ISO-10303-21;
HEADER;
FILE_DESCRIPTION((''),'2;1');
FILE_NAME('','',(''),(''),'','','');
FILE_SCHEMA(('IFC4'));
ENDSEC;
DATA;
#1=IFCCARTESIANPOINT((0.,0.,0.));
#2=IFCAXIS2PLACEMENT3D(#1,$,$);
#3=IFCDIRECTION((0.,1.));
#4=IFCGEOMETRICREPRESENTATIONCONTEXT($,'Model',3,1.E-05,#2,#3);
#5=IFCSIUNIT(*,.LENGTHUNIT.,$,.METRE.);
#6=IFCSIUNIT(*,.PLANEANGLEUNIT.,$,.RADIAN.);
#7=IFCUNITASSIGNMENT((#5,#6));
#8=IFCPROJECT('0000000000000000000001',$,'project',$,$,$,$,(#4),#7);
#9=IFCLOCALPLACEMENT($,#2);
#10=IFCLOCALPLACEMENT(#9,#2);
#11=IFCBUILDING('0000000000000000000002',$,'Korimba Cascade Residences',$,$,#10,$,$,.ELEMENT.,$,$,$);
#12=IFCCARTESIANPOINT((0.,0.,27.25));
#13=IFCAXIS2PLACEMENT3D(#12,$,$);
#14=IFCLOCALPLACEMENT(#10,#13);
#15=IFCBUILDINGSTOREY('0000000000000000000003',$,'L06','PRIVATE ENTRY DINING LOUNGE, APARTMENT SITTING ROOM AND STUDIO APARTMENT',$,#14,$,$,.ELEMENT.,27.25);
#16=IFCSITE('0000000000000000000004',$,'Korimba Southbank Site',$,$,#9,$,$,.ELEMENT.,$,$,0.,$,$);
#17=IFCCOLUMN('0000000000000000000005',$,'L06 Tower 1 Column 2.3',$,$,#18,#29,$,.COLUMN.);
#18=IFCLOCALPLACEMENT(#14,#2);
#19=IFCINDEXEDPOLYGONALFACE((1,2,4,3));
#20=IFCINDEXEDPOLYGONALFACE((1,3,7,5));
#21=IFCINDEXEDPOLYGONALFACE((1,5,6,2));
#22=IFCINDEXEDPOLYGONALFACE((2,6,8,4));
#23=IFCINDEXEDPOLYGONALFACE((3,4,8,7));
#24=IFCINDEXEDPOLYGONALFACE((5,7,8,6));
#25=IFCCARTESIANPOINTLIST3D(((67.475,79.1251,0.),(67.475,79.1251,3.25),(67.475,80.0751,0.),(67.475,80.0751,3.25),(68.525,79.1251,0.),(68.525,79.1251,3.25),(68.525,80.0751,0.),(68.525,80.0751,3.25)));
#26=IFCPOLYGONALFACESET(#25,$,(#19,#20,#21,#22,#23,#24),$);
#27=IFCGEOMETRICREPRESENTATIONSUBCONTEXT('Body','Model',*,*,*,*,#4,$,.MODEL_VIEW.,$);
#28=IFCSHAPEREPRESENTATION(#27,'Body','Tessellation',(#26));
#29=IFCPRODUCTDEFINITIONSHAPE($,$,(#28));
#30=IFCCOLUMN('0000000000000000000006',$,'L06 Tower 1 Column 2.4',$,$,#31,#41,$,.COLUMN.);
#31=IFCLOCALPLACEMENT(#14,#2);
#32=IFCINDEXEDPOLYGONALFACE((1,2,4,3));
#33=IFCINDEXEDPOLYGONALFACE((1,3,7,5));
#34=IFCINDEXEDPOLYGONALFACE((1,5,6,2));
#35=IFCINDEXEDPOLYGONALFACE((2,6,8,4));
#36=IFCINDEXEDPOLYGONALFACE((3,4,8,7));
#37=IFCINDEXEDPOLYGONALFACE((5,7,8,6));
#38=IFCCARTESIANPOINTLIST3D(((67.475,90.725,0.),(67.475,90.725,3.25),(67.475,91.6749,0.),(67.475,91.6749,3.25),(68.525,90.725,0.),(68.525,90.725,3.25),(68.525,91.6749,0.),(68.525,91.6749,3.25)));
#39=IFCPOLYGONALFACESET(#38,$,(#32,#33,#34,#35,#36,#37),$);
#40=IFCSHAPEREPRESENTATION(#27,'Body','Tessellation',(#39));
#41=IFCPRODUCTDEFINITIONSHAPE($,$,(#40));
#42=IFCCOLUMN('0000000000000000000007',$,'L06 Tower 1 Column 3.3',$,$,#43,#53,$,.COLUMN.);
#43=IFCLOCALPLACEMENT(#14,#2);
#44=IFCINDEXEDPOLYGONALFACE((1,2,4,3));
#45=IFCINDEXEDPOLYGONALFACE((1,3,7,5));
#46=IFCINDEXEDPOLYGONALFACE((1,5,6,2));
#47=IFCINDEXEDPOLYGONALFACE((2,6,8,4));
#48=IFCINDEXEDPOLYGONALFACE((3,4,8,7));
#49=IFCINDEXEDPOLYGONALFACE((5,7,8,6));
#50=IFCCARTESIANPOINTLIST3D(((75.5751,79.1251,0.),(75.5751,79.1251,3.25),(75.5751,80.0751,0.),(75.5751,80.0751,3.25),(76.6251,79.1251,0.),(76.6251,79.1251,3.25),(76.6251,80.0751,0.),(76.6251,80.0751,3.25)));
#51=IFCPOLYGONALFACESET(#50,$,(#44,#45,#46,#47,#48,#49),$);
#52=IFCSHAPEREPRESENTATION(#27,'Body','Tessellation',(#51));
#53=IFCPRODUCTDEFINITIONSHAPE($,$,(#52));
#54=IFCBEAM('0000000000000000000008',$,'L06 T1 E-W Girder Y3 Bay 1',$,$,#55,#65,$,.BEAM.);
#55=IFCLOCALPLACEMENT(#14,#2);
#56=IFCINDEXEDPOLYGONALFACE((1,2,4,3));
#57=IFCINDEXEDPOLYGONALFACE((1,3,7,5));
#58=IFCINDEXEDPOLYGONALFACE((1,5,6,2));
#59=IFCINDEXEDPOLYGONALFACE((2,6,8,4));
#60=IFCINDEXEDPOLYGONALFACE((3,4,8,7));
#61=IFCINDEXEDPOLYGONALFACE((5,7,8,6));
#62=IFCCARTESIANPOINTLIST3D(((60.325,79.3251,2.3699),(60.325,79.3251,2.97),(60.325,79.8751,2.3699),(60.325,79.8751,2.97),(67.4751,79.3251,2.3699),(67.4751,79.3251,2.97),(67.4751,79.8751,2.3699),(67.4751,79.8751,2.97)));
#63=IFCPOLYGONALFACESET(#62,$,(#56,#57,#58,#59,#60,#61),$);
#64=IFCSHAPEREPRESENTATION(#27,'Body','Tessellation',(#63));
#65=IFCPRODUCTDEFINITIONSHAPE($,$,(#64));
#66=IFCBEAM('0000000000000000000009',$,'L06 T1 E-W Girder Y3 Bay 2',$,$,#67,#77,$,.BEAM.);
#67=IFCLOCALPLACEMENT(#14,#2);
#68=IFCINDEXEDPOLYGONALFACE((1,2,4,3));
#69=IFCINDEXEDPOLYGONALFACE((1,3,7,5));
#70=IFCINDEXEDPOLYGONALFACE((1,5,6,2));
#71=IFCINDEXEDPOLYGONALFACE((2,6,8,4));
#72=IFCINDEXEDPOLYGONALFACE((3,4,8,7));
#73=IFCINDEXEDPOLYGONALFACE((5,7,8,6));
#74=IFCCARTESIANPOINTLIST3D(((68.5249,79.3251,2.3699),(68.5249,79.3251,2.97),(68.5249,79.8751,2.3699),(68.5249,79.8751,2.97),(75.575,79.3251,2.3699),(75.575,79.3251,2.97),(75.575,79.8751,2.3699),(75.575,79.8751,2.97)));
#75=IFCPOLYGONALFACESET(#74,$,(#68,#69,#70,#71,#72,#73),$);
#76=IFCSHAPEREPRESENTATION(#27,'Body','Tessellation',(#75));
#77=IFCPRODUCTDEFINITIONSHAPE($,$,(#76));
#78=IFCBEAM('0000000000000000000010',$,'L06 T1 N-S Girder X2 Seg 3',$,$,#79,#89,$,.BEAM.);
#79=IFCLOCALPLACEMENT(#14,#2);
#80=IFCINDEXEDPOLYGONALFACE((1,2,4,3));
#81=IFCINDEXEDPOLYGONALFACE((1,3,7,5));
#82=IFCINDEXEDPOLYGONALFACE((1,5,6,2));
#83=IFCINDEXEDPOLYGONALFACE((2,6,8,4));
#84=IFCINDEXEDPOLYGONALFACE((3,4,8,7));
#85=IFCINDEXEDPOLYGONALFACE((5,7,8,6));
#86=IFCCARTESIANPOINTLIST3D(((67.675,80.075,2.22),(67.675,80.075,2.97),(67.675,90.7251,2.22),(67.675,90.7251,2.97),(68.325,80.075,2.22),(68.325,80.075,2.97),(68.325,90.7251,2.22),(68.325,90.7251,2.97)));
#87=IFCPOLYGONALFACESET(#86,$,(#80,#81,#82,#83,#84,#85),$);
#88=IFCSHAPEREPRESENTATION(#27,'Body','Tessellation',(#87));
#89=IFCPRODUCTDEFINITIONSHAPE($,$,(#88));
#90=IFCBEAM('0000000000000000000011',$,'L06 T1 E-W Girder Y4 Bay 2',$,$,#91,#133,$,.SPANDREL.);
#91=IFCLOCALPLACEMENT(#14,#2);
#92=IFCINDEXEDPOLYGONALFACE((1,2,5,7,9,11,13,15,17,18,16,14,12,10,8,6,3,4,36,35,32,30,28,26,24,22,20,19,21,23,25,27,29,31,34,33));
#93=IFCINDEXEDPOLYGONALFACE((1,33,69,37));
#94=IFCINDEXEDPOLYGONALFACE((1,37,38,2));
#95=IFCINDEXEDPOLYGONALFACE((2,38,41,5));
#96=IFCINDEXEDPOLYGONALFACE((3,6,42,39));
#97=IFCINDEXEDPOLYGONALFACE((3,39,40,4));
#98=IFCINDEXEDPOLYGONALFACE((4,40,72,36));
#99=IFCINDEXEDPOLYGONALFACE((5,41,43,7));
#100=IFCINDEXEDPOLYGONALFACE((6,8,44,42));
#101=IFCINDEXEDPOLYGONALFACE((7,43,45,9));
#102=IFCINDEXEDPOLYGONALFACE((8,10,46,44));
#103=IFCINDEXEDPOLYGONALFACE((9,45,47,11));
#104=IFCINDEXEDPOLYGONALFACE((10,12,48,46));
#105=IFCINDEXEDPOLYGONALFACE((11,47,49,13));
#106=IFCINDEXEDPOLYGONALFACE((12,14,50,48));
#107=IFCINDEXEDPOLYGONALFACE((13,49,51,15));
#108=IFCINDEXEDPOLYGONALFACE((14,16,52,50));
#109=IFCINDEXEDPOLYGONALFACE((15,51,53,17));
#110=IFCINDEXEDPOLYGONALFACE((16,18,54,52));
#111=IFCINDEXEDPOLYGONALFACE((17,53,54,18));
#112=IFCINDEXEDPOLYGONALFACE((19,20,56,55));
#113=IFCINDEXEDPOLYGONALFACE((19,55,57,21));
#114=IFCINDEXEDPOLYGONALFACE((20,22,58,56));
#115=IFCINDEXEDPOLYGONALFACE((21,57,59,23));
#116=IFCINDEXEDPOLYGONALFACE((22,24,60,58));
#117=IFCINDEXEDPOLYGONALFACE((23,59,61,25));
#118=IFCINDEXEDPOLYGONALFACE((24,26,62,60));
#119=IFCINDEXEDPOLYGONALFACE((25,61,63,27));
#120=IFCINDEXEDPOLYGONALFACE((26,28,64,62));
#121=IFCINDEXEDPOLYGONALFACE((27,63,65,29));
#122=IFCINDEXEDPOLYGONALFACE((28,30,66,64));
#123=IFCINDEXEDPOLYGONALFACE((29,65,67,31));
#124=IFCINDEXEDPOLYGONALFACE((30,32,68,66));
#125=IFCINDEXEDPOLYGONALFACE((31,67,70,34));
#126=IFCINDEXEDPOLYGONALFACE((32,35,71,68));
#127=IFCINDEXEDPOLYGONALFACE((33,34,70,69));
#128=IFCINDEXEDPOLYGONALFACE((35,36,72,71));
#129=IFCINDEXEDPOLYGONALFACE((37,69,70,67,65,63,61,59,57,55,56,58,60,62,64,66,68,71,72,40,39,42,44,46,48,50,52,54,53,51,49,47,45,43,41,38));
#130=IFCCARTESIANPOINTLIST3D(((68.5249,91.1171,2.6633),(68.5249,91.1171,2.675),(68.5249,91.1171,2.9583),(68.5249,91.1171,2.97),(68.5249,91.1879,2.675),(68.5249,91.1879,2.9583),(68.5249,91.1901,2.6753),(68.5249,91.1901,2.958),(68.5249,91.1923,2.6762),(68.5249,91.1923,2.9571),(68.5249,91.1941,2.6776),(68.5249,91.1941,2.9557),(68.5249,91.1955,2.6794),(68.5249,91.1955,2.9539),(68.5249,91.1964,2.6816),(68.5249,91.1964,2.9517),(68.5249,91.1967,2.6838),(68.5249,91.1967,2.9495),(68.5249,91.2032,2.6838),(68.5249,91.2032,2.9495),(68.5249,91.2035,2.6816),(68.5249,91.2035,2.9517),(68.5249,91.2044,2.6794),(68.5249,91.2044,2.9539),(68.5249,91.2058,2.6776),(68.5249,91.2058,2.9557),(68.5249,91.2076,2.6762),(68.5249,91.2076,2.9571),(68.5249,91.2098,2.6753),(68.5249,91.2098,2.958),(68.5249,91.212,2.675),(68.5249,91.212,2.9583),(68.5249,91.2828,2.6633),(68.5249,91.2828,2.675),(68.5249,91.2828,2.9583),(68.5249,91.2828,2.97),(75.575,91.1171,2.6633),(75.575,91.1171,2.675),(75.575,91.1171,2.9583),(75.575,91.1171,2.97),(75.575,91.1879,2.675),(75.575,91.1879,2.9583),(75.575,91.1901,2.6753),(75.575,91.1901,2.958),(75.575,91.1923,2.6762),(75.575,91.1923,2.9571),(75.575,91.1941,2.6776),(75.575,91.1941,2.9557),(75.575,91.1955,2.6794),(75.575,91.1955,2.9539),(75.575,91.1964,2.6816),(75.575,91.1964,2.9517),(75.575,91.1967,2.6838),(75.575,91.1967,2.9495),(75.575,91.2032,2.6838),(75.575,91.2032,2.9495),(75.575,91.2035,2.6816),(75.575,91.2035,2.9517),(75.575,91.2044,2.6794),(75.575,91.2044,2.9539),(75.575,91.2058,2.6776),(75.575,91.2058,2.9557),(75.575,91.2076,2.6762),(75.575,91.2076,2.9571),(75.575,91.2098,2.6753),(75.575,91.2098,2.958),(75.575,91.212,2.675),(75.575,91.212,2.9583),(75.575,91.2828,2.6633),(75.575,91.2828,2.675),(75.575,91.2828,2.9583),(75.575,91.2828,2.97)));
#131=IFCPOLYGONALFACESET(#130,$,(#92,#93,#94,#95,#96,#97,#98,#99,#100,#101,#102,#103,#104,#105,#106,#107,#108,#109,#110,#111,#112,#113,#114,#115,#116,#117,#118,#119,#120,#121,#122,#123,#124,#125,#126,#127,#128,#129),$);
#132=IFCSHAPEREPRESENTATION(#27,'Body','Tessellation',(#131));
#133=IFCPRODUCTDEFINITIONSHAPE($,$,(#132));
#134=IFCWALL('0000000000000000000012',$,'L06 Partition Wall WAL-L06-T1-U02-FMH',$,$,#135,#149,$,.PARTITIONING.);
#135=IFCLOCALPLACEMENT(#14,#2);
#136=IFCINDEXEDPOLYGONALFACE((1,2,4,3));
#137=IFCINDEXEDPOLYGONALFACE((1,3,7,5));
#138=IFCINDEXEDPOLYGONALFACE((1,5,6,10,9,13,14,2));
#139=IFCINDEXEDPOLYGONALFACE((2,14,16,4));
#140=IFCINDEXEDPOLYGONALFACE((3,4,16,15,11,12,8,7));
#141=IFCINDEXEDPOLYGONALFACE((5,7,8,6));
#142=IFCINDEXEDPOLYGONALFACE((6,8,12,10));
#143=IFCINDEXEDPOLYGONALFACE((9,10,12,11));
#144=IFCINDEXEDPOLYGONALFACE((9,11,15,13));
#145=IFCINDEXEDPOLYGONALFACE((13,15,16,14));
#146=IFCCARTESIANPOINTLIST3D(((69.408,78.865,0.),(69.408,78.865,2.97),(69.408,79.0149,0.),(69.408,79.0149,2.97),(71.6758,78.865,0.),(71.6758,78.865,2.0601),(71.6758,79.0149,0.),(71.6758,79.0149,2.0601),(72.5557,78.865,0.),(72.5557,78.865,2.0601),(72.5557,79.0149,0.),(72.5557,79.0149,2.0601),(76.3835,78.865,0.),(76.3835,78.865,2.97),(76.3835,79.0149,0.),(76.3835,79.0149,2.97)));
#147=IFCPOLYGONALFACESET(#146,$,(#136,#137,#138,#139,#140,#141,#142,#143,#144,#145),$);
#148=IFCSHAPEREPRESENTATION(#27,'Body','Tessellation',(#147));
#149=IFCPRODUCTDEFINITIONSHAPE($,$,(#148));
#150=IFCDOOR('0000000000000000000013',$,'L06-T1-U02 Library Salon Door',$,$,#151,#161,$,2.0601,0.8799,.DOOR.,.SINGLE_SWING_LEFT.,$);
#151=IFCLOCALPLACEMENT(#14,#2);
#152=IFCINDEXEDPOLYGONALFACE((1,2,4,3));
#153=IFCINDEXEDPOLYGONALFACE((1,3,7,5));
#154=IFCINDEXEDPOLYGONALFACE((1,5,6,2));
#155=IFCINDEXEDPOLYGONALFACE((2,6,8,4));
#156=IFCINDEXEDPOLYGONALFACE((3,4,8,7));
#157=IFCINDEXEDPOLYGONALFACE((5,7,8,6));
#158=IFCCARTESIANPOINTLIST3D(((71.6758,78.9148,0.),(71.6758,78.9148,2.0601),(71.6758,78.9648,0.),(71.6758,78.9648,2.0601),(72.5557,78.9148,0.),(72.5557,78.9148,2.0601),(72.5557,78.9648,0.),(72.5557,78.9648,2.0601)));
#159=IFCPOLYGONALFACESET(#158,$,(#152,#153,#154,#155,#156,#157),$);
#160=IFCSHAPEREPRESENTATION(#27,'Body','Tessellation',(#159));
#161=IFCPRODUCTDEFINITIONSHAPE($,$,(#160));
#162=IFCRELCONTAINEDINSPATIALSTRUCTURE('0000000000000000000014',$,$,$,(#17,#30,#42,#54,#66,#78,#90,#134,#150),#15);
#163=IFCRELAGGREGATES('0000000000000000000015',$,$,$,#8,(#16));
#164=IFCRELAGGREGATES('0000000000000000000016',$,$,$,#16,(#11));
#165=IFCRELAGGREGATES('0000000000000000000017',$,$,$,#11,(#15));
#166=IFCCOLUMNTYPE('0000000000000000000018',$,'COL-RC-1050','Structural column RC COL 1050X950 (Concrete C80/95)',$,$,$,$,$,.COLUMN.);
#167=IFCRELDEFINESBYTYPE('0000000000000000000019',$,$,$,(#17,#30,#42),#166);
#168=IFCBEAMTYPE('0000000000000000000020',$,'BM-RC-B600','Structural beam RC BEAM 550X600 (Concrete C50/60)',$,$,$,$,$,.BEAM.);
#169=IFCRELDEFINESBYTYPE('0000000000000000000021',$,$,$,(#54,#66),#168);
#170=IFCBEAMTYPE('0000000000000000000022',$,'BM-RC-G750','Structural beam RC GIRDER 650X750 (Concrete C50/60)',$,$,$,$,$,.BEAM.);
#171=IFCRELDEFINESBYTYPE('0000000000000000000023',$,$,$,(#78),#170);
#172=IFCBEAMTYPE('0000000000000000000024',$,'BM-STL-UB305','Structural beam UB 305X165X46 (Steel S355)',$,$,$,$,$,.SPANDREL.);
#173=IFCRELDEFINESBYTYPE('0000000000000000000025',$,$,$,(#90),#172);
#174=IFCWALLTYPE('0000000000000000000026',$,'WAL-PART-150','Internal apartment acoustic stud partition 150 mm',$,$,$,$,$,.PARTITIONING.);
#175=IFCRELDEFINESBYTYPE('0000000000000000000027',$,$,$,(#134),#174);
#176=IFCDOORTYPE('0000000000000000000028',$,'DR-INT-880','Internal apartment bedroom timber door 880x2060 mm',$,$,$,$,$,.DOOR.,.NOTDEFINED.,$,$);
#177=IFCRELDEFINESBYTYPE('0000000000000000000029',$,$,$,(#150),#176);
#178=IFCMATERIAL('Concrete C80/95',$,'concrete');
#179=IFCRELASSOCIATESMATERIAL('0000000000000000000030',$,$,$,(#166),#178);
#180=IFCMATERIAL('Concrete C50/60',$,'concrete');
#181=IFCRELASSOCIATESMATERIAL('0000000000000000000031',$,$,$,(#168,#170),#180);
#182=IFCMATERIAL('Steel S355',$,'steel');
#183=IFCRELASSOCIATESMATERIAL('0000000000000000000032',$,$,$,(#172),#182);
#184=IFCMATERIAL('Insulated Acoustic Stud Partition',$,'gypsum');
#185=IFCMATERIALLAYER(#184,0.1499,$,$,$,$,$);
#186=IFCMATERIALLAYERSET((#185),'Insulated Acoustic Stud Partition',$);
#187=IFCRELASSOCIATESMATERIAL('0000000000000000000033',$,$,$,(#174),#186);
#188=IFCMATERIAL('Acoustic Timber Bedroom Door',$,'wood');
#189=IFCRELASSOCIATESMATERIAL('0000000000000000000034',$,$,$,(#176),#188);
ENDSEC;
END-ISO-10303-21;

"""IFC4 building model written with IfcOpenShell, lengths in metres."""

from ifc_helpers import new_model, si_unit, direction, frame, frame_2d, origin, origin_2d, place, context, subcontext, project, spatial, rectangle, i_section, extrude, material, layer, layer_set, material_profile, profile_set, type_object, element, fill, save


model = new_model("IFC4")

# Units and contexts
model_context = context("Model", 3, precision=1e-05, world=origin(), true_north=direction((0.0, 1.0)))
body_context = subcontext(model_context, "Body", "Model", "MODEL_VIEW")
ifc_project = project(units=[si_unit("LENGTHUNIT", "METRE"), si_unit("PLANEANGLEUNIT", "RADIAN")], contexts=[model_context])

# Site, building, storey
site_placement = place(None, origin())
site = spatial("IfcSite", under=ifc_project, at=site_placement, Name="Korimba Southbank Site", CompositionType="ELEMENT", RefElevation=0.0)
building_placement = place(site_placement, origin())
building = spatial("IfcBuilding", under=site, at=building_placement, Name="Korimba Cascade Residences", CompositionType="ELEMENT")
storey_placement = place(building_placement, frame((0.0, 0.0, 27.25)))
storey = spatial("IfcBuildingStorey", under=building, at=storey_placement, Name="L06", Description="PRIVATE ENTRY DINING LOUNGE, APARTMENT SITTING ROOM AND STUDIO APARTMENT", CompositionType="ELEMENT", Elevation=27.25)

# Columns
ifc_material_1 = material(Name="Concrete C80/95", Category="concrete")
ifc_material_profile_1 = material_profile(ifc_material_1, rectangle(XDim=1.05, YDim=0.95, at=origin_2d()), Name="Concrete C80/95")
ifc_profile_set_1 = profile_set([ifc_material_profile_1], Name="Concrete C80/95")
column_type = type_object("IfcColumnType", Name="COL-RC-1050", Description="Structural column RC COL 1050X950 (Concrete C80/95)", PredefinedType="COLUMN", material=ifc_profile_set_1)
for number, where, z_axis, x_axis, name in (
    (1, (68.0, 79.6001, 0.0), (0.0, 0.0, 1.0), (1.0, 0.0, 0.0), "L06 Tower 1 Column 2.3"),
    (2, (68.0, 91.2, 0.0), (0.0, 0.0, 1.0), (1.0, 0.0, 0.0), "L06 Tower 1 Column 2.4"),
    (3, (76.1001, 79.6001, 0.0), (0.0, 0.0, 1.0), (1.0, 0.0, 0.0), "L06 Tower 1 Column 3.3"),
):
    element("IfcColumn", number, at=place(storey_placement, frame(where, z_axis=z_axis, x_axis=x_axis)), inside=storey, type_object=column_type, Name=name, PredefinedType="COLUMN", context=body_context, shape_type="SweptSolid", body=[
        extrude(rectangle(XDim=1.05, YDim=0.95, at=origin_2d()), origin(), (0.0, 0.0, 1.0), 3.25),
    ])

# Beams
ifc_material_2 = material(Name="Concrete C50/60", Category="concrete")
ifc_material_profile_2 = material_profile(ifc_material_2, rectangle(XDim=0.55, YDim=0.6001, at=origin_2d()), Name="Concrete C50/60")
ifc_profile_set_2 = profile_set([ifc_material_profile_2], Name="Concrete C50/60")
beam_type_1 = type_object("IfcBeamType", Name="BM-RC-B600", Description="Structural beam RC BEAM 550X600 (Concrete C50/60)", PredefinedType="BEAM", material=ifc_profile_set_2)
beam_1_placement = place(storey_placement, frame((60.325, 79.6001, 2.6699), z_axis=(1.0, 0.0, 0.0), x_axis=(0.0, 1.0, 0.0)))
element("IfcBeam", 4, at=beam_1_placement, inside=storey, type_object=beam_type_1, Name="L06 T1 E-W Girder Y3 Bay 1", PredefinedType="BEAM", context=body_context, shape_type="SweptSolid", body=[
    extrude(rectangle(XDim=0.55, YDim=0.6001, at=origin_2d()), origin(), (0.0, 0.0, 1.0), 7.1501),
])
beam_2_placement = place(storey_placement, frame((68.5249, 79.6001, 2.6699), z_axis=(1.0, 0.0, 0.0), x_axis=(0.0, 1.0, 0.0)))
element("IfcBeam", 5, at=beam_2_placement, inside=storey, type_object=beam_type_1, Name="L06 T1 E-W Girder Y3 Bay 2", PredefinedType="BEAM", context=body_context, shape_type="SweptSolid", body=[
    extrude(rectangle(XDim=0.55, YDim=0.6001, at=origin_2d()), origin(), (0.0, 0.0, 1.0), 7.05),
])
ifc_material_profile_3 = material_profile(ifc_material_2, rectangle(XDim=0.6499, YDim=0.75, at=origin_2d()), Name="Concrete C50/60")
ifc_profile_set_3 = profile_set([ifc_material_profile_3], Name="Concrete C50/60")
beam_type_2 = type_object("IfcBeamType", Name="BM-RC-G750", Description="Structural beam RC GIRDER 650X750 (Concrete C50/60)", PredefinedType="BEAM", material=ifc_profile_set_3)
beam_3_placement = place(storey_placement, frame((68.0, 80.075, 2.595), z_axis=(0.0, 1.0, 0.0), x_axis=(-1.0, 0.0, 0.0)))
element("IfcBeam", 6, at=beam_3_placement, inside=storey, type_object=beam_type_2, Name="L06 T1 N-S Girder X2 Seg 3", PredefinedType="BEAM", context=body_context, shape_type="SweptSolid", body=[
    extrude(rectangle(XDim=0.6499, YDim=0.75, at=origin_2d()), origin(), (0.0, 0.0, 1.0), 10.6501),
])
ifc_material_3 = material(Name="Steel S355", Category="steel")
ifc_material_profile_4 = material_profile(ifc_material_3, i_section(OverallWidth=0.1658, OverallDepth=0.3066, WebThickness=0.0066, FlangeThickness=0.0117, FilletRadius=0.0088, at=origin_2d()), Name="Steel S355")
ifc_profile_set_4 = profile_set([ifc_material_profile_4], Name="Steel S355")
beam_type_3 = type_object("IfcBeamType", Name="BM-STL-UB305", Description="Structural beam UB 305X165X46 (Steel S355)", PredefinedType="SPANDREL", material=ifc_profile_set_4)
beam_4_placement = place(storey_placement, frame((68.5249, 91.2, 2.8167), z_axis=(1.0, 0.0, 0.0), x_axis=(0.0, 1.0, 0.0)))
element("IfcBeam", 7, at=beam_4_placement, inside=storey, type_object=beam_type_3, Name="L06 T1 E-W Girder Y4 Bay 2", PredefinedType="SPANDREL", context=body_context, shape_type="SweptSolid", body=[
    extrude(i_section(OverallWidth=0.1658, OverallDepth=0.3066, WebThickness=0.0066, FlangeThickness=0.0117, FilletRadius=0.0088, at=origin_2d()), origin(), (0.0, 0.0, 1.0), 7.05),
])

# Wall, opening, door
ifc_material_4 = material(Name="Insulated Acoustic Stud Partition", Category="gypsum")
ifc_layer = layer(ifc_material_4, 0.1499)
ifc_layer_set = layer_set([ifc_layer], Name="Insulated Acoustic Stud Partition")
wall_type = type_object("IfcWallType", Name="WAL-PART-150", Description="Internal apartment acoustic stud partition 150 mm", PredefinedType="PARTITIONING", material=ifc_layer_set)
wall_1_placement = place(storey_placement, frame((69.408, 78.9399, 0.0), z_axis=(0.0, 0.0, 1.0), x_axis=(1.0, 0.0, 0.0)))
wall_1 = element("IfcWall", 8, at=wall_1_placement, inside=storey, type_object=wall_type, Name="L06 Partition Wall WAL-L06-T1-U02-FMH", PredefinedType="PARTITIONING", context=body_context, shape_type="SweptSolid", body=[
    extrude(rectangle(XDim=6.9756, YDim=0.1499, at=frame_2d((3.4878, 0.0))), origin(), (0.0, 0.0, 1.0), 2.97),
])
opening_1_placement = place(wall_1_placement, frame((2.2678, 0.0, 0.0)))
opening_1 = element("IfcOpeningElement", 9, at=opening_1_placement, cuts=wall_1, PredefinedType="OPENING", context=body_context, shape_type="SweptSolid", body=[
    extrude(rectangle(XDim=0.8799, YDim=2.0601, at=frame_2d((0.4399, 1.03))), frame((0.0, 0.085, 0.0), z_axis=(0.0, -1.0, 0.0), x_axis=(1.0, 0.0, 0.0)), (0.0, 0.0, 1.0), 0.1699),
])
ifc_material_5 = material(Name="Acoustic Timber Bedroom Door", Category="wood")
door_type_1 = type_object("IfcDoorType", Name="DR-INT-880", Description="Internal apartment bedroom timber door 880x2060 mm", OperationType="NOTDEFINED", PredefinedType="DOOR", material=ifc_material_5)
door_1_placement = place(opening_1_placement, origin())
door_1 = element("IfcDoor", 10, at=door_1_placement, inside=storey, type_object=door_type_1, Name="L06-T1-U02 Library Salon Door", OperationType="SINGLE_SWING_LEFT", OverallHeight=2.0601, OverallWidth=0.8799, PredefinedType="DOOR", context=body_context, shape_type="SweptSolid", body=[
    extrude(rectangle(XDim=0.8799, YDim=2.0601, at=frame_2d((0.4399, 1.03))), frame((0.0, 0.0249, 0.0), z_axis=(0.0, -1.0, 0.0), x_axis=(1.0, 0.0, 0.0)), (0.0, 0.0, 1.0), 0.05),
])
fill(opening_1, door_1)

save(model, "model.ifc")
